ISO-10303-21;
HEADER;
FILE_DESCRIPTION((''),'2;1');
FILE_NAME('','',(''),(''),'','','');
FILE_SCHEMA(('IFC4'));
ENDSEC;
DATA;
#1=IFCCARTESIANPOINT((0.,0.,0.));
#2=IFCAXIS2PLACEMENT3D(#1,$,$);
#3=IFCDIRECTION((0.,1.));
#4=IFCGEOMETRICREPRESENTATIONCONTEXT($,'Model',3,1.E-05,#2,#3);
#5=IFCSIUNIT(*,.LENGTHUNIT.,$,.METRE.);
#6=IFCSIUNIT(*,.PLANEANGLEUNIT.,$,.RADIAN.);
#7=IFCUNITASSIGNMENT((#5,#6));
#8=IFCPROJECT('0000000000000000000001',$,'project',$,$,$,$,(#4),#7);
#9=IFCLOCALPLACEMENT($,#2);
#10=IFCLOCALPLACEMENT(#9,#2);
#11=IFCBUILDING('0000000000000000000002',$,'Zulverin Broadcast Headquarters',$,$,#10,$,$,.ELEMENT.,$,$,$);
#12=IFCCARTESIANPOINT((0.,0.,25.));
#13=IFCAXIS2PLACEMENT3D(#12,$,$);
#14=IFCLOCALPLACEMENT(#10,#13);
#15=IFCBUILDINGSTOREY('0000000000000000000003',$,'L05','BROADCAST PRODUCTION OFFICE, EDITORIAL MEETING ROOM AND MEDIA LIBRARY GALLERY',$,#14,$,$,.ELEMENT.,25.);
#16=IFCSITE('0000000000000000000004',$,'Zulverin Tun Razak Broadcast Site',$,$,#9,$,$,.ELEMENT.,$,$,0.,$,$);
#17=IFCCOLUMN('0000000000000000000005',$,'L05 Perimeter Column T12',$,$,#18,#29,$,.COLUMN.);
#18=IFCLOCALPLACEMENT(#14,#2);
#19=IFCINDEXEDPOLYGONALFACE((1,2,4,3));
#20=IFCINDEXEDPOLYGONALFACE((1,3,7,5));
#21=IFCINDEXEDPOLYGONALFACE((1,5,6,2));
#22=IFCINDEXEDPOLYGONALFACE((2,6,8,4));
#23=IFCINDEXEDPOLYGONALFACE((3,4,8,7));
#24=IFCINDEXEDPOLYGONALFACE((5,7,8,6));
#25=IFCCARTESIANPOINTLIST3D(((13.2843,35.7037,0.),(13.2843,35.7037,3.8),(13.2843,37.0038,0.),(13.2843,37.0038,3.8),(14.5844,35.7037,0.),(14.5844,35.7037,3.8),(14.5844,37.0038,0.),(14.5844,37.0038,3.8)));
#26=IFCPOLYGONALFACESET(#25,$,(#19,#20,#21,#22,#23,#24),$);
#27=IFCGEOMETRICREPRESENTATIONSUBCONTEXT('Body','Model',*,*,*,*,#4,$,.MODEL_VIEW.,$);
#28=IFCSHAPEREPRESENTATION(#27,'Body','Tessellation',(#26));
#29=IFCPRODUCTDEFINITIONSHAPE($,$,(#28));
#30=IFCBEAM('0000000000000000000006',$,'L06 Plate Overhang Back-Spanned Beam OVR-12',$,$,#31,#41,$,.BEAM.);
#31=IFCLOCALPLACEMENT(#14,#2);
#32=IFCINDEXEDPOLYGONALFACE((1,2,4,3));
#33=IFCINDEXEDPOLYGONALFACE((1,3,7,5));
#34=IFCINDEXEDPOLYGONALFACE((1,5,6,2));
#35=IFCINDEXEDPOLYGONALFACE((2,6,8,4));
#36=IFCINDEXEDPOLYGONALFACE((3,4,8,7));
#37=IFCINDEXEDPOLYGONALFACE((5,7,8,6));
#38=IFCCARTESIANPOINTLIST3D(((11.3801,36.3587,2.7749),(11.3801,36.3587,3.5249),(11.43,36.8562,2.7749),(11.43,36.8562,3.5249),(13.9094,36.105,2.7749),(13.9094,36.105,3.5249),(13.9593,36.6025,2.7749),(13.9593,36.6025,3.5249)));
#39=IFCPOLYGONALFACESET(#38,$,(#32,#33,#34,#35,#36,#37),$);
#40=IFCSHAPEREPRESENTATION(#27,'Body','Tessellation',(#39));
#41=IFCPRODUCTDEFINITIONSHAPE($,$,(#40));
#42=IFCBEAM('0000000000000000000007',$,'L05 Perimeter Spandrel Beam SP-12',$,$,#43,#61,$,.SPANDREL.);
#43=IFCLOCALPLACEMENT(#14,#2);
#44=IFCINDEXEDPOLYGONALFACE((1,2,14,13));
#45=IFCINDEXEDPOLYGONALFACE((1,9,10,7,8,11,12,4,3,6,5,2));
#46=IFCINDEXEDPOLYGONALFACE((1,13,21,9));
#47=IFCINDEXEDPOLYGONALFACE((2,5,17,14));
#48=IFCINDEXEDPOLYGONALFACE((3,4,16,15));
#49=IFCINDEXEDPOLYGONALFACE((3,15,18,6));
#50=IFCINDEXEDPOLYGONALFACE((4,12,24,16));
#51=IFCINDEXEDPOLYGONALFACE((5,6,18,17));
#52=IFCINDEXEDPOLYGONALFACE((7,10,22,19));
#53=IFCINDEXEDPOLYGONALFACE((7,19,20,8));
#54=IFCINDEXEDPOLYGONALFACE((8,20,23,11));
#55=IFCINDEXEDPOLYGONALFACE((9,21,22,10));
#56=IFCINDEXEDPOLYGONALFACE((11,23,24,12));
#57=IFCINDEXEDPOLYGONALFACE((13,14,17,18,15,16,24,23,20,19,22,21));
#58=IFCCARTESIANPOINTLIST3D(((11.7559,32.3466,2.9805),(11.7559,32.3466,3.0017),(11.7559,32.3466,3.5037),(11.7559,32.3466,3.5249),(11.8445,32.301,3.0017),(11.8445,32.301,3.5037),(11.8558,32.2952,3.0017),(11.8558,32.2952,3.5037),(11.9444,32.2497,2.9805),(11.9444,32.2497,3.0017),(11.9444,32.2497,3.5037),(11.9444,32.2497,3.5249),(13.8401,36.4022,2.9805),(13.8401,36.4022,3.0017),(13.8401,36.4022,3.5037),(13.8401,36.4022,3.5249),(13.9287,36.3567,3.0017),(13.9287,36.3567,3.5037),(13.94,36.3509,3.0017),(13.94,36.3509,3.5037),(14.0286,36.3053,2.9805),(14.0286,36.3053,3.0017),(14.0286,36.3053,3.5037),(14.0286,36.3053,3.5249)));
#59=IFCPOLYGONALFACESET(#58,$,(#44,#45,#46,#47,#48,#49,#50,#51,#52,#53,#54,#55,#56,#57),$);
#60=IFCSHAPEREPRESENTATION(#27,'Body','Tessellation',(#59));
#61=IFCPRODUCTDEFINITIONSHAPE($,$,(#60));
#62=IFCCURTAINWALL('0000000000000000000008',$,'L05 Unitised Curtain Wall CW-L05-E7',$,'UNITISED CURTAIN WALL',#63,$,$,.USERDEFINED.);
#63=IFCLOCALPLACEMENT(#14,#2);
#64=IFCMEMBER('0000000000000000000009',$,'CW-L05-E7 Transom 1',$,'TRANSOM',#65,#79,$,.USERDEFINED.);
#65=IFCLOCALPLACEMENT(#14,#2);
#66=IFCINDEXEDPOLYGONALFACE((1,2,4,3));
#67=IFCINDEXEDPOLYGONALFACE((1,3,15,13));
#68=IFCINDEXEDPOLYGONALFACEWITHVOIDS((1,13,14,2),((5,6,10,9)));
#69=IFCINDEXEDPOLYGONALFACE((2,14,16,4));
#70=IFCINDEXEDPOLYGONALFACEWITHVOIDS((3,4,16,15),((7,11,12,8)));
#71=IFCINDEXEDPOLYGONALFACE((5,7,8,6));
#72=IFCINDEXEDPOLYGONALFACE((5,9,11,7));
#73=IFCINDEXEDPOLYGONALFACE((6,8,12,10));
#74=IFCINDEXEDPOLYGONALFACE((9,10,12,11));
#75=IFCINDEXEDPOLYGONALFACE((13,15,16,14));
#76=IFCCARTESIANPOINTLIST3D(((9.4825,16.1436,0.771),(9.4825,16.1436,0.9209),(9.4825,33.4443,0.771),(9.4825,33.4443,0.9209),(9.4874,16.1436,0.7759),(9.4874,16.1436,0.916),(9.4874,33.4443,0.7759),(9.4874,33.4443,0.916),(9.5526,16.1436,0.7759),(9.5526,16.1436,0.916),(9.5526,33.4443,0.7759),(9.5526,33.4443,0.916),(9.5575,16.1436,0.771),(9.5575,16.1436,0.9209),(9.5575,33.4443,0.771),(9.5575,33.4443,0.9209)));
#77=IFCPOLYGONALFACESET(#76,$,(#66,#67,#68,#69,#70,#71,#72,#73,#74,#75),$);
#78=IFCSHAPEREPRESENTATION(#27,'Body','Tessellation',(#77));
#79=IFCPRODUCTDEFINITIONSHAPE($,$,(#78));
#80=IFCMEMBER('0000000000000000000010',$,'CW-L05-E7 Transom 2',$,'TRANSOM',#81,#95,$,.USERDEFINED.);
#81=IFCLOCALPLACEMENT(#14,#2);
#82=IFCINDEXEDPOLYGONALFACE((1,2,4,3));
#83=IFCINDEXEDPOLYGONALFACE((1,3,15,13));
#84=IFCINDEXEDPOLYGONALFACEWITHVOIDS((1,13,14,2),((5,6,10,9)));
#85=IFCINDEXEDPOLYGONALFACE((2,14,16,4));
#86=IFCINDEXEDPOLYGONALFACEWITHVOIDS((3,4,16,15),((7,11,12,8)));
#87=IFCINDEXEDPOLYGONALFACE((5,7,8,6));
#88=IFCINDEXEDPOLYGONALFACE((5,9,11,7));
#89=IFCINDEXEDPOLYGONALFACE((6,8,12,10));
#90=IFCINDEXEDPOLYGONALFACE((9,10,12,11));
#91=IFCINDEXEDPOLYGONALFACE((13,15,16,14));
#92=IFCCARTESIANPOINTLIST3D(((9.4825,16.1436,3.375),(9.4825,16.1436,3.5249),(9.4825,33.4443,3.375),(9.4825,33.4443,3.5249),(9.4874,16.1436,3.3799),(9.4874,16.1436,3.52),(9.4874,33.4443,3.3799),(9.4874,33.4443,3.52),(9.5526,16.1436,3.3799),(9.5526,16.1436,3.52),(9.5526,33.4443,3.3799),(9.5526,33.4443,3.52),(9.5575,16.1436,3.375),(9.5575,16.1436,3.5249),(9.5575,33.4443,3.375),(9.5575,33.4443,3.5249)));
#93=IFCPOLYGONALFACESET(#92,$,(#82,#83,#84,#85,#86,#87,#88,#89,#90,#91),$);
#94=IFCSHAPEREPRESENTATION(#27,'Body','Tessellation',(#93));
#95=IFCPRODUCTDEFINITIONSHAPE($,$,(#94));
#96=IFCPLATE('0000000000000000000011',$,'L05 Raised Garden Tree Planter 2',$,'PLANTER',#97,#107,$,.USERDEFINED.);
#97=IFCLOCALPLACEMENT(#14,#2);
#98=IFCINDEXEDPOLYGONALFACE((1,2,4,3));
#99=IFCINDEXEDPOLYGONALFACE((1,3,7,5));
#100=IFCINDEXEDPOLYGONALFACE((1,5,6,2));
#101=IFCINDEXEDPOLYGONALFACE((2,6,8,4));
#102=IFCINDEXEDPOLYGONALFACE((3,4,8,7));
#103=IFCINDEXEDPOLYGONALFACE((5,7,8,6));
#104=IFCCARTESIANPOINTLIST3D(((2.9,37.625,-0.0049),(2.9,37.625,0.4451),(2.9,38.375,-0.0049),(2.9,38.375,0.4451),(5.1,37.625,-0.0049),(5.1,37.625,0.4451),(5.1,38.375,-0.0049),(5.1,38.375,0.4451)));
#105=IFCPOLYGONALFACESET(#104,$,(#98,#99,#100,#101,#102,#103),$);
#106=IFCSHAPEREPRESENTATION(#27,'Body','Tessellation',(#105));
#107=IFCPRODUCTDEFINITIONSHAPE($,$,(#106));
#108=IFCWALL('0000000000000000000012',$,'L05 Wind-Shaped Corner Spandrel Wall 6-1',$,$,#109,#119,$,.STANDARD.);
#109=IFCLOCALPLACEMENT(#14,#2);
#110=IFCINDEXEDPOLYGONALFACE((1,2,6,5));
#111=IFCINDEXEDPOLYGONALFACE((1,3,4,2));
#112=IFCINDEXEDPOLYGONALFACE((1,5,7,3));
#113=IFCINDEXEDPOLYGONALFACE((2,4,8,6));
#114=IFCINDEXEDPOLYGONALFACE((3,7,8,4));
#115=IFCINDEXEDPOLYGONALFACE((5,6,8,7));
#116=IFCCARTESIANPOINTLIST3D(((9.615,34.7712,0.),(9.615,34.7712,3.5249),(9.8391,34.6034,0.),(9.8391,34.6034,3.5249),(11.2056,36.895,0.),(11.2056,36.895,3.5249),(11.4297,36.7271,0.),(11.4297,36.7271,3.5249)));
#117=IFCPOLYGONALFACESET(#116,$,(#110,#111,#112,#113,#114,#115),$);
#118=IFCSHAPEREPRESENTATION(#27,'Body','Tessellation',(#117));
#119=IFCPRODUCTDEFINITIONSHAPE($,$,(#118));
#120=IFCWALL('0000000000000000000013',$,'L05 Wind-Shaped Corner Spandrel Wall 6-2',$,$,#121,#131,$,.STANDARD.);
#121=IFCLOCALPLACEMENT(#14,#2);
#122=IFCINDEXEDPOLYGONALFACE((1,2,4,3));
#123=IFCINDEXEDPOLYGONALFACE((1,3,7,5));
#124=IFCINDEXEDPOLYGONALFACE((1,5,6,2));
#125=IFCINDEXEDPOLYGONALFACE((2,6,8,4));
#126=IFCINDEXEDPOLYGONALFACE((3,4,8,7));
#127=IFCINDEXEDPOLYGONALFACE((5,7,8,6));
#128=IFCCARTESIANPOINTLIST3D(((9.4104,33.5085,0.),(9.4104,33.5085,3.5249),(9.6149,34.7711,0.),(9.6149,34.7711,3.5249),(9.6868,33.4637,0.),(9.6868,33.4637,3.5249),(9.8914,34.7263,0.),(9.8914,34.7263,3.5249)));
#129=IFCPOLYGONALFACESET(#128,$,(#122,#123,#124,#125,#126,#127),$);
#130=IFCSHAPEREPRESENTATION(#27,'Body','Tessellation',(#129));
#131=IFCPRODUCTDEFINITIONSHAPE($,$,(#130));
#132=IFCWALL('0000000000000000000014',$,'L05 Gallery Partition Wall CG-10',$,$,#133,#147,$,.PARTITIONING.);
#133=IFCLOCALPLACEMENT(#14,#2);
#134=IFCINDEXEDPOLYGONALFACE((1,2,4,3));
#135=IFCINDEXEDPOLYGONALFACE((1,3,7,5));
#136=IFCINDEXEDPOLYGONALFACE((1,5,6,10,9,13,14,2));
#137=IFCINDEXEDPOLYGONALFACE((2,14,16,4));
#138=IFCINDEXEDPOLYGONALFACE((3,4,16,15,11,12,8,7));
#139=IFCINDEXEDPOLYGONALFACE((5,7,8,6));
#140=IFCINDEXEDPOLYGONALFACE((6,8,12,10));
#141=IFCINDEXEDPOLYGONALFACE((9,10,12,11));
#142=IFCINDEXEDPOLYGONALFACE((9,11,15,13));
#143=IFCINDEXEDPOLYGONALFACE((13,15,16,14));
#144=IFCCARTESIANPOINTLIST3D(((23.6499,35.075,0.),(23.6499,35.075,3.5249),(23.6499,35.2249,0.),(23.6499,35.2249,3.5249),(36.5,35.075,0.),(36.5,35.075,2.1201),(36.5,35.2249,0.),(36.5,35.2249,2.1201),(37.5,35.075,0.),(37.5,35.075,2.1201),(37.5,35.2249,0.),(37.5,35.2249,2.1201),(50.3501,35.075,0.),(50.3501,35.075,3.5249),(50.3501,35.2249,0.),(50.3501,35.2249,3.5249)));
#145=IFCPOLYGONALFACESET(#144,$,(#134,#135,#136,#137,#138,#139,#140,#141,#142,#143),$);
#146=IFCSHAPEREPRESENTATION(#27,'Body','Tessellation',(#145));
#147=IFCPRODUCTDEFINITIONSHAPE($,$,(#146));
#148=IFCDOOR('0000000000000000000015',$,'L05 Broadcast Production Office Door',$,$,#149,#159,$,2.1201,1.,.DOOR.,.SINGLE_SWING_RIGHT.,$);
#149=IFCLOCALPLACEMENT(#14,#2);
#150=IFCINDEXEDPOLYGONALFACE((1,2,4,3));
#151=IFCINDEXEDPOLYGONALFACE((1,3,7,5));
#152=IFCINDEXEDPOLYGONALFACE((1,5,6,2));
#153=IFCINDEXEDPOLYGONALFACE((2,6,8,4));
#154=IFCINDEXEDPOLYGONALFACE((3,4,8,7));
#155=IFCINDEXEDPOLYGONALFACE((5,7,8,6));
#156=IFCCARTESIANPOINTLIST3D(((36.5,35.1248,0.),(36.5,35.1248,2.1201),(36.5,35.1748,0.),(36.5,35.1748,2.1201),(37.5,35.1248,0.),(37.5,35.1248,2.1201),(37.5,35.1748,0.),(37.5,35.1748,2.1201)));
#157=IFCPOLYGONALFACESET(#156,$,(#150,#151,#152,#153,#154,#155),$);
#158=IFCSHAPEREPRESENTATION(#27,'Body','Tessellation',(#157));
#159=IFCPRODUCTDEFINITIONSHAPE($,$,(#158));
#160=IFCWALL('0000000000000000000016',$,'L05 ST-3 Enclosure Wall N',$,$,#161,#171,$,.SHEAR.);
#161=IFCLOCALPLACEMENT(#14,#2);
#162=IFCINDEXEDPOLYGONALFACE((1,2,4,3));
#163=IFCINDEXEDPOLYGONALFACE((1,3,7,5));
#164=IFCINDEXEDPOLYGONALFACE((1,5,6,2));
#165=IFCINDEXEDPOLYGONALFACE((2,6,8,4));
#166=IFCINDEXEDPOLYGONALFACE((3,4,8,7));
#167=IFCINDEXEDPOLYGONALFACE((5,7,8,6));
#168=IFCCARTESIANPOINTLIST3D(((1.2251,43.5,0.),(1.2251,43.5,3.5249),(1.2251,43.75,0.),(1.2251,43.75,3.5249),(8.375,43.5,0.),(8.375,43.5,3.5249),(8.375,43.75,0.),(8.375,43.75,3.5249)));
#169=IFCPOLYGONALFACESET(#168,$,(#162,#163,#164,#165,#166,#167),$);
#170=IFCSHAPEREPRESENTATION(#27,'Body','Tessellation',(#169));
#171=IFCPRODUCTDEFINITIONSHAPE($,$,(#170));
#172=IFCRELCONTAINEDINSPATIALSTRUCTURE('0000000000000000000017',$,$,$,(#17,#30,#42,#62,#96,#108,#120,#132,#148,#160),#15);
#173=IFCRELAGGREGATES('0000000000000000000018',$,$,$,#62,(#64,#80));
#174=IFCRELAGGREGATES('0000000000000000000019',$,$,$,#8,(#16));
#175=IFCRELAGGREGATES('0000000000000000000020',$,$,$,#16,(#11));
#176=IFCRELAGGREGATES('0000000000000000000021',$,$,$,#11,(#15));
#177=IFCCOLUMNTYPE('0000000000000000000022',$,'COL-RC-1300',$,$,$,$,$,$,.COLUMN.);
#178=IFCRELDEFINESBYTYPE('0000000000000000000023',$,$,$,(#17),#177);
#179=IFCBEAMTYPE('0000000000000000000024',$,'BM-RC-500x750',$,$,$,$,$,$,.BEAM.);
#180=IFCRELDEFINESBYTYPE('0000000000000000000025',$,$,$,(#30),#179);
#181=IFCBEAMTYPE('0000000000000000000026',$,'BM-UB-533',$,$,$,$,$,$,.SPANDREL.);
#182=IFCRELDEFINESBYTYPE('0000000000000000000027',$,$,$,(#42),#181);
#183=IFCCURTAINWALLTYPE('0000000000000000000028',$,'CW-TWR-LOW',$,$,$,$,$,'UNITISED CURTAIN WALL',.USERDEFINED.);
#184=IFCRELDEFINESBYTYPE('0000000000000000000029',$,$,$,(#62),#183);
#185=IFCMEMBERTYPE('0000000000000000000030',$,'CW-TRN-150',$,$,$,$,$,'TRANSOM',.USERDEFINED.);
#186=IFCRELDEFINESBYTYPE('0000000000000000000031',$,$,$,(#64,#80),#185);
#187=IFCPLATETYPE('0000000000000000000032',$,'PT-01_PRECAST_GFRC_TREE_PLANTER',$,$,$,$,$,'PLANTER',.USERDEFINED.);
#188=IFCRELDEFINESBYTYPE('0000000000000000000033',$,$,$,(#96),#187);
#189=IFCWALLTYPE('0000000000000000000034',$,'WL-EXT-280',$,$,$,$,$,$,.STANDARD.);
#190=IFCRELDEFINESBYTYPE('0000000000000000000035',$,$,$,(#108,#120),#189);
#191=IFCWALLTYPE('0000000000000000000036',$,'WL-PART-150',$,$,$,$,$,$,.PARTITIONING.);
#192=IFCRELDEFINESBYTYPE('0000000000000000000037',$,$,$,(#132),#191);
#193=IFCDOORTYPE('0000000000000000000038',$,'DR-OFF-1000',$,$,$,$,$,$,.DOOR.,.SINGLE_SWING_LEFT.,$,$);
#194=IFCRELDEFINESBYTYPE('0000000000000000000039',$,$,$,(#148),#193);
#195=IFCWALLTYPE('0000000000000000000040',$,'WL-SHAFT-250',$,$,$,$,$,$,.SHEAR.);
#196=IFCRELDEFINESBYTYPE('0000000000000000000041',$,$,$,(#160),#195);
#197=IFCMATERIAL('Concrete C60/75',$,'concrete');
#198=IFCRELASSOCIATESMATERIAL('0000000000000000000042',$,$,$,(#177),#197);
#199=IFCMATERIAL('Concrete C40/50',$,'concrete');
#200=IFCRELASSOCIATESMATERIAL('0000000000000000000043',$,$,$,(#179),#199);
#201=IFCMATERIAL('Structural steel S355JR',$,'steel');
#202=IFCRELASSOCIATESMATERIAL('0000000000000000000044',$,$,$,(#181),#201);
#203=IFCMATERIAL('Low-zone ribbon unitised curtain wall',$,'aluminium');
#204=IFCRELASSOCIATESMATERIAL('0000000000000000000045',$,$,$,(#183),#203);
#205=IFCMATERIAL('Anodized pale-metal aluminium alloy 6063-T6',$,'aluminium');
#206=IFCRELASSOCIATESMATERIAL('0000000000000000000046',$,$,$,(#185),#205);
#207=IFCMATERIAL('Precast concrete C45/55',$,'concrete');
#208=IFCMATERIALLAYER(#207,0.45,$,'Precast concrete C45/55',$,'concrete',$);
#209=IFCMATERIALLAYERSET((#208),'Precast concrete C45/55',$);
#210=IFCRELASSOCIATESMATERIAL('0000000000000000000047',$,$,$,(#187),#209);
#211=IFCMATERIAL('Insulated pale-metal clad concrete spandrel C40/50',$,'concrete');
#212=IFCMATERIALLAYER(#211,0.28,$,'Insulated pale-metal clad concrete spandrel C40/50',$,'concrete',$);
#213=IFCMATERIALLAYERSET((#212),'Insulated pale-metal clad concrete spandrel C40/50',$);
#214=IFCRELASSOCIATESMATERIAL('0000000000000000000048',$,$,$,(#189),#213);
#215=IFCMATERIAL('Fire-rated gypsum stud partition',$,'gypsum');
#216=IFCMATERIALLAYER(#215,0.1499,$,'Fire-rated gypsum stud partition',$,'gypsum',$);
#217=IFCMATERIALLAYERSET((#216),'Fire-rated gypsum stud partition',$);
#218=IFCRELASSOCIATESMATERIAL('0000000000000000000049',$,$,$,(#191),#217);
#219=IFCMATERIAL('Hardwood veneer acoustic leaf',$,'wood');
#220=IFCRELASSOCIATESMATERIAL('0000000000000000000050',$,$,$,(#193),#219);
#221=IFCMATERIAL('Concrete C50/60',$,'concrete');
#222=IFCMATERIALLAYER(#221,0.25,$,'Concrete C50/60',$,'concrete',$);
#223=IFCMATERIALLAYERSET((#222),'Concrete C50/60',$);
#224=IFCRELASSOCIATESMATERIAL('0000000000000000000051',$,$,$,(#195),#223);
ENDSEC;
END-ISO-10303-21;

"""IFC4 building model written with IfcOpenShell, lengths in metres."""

from ifc_helpers import new_model, si_unit, direction, frame, frame_2d, origin, origin_2d, place, context, subcontext, project, spatial, rectangle, hollow_rectangle, i_section, extrude, material, layer, layer_set, material_profile, profile_set, type_object, element, fill, aggregate, save


model = new_model("IFC4")

# Units and contexts
model_context = context("Model", 3, precision=1e-05, world=origin(), true_north=direction((0.0, 1.0)))
body_context = subcontext(model_context, "Body", "Model", "MODEL_VIEW")
ifc_project = project(units=[si_unit("LENGTHUNIT", "METRE"), si_unit("PLANEANGLEUNIT", "RADIAN")], contexts=[model_context])

# Site, building, storey
site_placement = place(None, origin())
site = spatial("IfcSite", under=ifc_project, at=site_placement, Name="Zulverin Tun Razak Broadcast Site", CompositionType="ELEMENT", RefElevation=0.0)
building_placement = place(site_placement, origin())
building = spatial("IfcBuilding", under=site, at=building_placement, Name="Zulverin Broadcast Headquarters", CompositionType="ELEMENT")
storey_placement = place(building_placement, frame((0.0, 0.0, 25.0)))
storey = spatial("IfcBuildingStorey", under=building, at=storey_placement, Name="L05", Description="BROADCAST PRODUCTION OFFICE, EDITORIAL MEETING ROOM AND MEDIA LIBRARY GALLERY", CompositionType="ELEMENT", Elevation=25.0)

# Column
ifc_material_1 = material(Name="Concrete C60/75", Category="concrete")
ifc_material_profile_1 = material_profile(ifc_material_1, rectangle(XDim=1.3, YDim=1.3, at=origin_2d()), Name="Concrete C60/75", Category="concrete")
ifc_profile_set_1 = profile_set([ifc_material_profile_1], Name="Concrete C60/75")
column_type = type_object("IfcColumnType", Name="COL-RC-1300", PredefinedType="COLUMN", material=ifc_profile_set_1)
column_placement = place(storey_placement, frame((13.9343, 36.3538, 0.0), z_axis=(0.0, 0.0, 1.0), x_axis=(1.0, 0.0, 0.0)))
element("IfcColumn", 1, at=column_placement, inside=storey, type_object=column_type, Name="L05 Perimeter Column T12", PredefinedType="COLUMN", context=body_context, shape_type="SweptSolid", body=[
    extrude(rectangle(XDim=1.3, YDim=1.3, at=origin_2d()), origin(), (0.0, 0.0, 1.0), 3.8),
])

# Beams
ifc_material_2 = material(Name="Concrete C40/50", Category="concrete")
ifc_material_profile_2 = material_profile(ifc_material_2, rectangle(XDim=0.5, YDim=0.75, at=origin_2d()), Name="Concrete C40/50", Category="concrete")
ifc_profile_set_2 = profile_set([ifc_material_profile_2], Name="Concrete C40/50")
beam_type_1 = type_object("IfcBeamType", Name="BM-RC-500x750", PredefinedType="BEAM", material=ifc_profile_set_2)
beam_1_placement = place(storey_placement, frame((13.9343, 36.3538, 3.1499), z_axis=(-0.995009, 0.099789, 0.0), x_axis=(-0.099789, -0.995009, 0.0)))
element("IfcBeam", 2, at=beam_1_placement, inside=storey, type_object=beam_type_1, Name="L06 Plate Overhang Back-Spanned Beam OVR-12", PredefinedType="BEAM", context=body_context, shape_type="SweptSolid", body=[
    extrude(rectangle(XDim=0.5, YDim=0.75, at=origin_2d()), origin(), (0.0, 0.0, 1.0), 2.542),
])
ifc_material_3 = material(Name="Structural steel S355JR", Category="steel")
ifc_material_profile_3 = material_profile(ifc_material_3, i_section(OverallWidth=0.2119, OverallDepth=0.5444, WebThickness=0.0127, FlangeThickness=0.0212, at=origin_2d()), Name="Structural steel S355JR", Category="steel")
ifc_profile_set_3 = profile_set([ifc_material_profile_3], Name="Structural steel S355JR")
beam_type_2 = type_object("IfcBeamType", Name="BM-UB-533", PredefinedType="SPANDREL", material=ifc_profile_set_3)
beam_2_placement = place(storey_placement, frame((13.9343, 36.3538, 3.2527), z_axis=(-0.457081, -0.889425, 0.0), x_axis=(0.889425, -0.457081, 0.0)))
element("IfcBeam", 3, at=beam_2_placement, inside=storey, type_object=beam_type_2, Name="L05 Perimeter Spandrel Beam SP-12", PredefinedType="SPANDREL", context=body_context, shape_type="SweptSolid", body=[
    extrude(i_section(OverallWidth=0.2119, OverallDepth=0.5444, WebThickness=0.0127, FlangeThickness=0.0212, at=origin_2d()), origin(), (0.0, 0.0, 1.0), 4.5598),
])

# Curtain wall, members
ifc_material_4 = material(Name="Low-zone ribbon unitised curtain wall", Category="aluminium")
curtain_wall_type = type_object("IfcCurtainWallType", Name="CW-TWR-LOW", ElementType="UNITISED CURTAIN WALL", PredefinedType="USERDEFINED", material=ifc_material_4)
curtain_wall_placement = place(storey_placement, origin())
curtain_wall = element("IfcCurtainWall", 4, at=curtain_wall_placement, inside=storey, type_object=curtain_wall_type, Name="L05 Unitised Curtain Wall CW-L05-E7", ObjectType="UNITISED CURTAIN WALL", PredefinedType="USERDEFINED")
ifc_material_5 = material(Name="Anodized pale-metal aluminium alloy 6063-T6", Category="aluminium")
ifc_material_profile_4 = material_profile(ifc_material_5, hollow_rectangle(XDim=0.075, YDim=0.1499, WallThickness=0.0049, at=origin_2d()), Name="Anodized pale-metal aluminium alloy 6063-T6", Category="aluminium")
ifc_profile_set_4 = profile_set([ifc_material_profile_4], Name="Anodized pale-metal aluminium alloy 6063-T6")
member_type = type_object("IfcMemberType", Name="CW-TRN-150", ElementType="TRANSOM", PredefinedType="USERDEFINED", material=ifc_profile_set_4)
member_1_placement = place(storey_placement, frame((9.52, 33.4443, 0.8459), z_axis=(0.0, -1.0, 0.0), x_axis=(1.0, 0.0, 0.0)))
member_1 = element("IfcMember", 5, at=member_1_placement, type_object=member_type, Name="CW-L05-E7 Transom 1", ObjectType="TRANSOM", PredefinedType="USERDEFINED", context=body_context, shape_type="SweptSolid", body=[
    extrude(hollow_rectangle(XDim=0.075, YDim=0.1499, WallThickness=0.0049, at=origin_2d()), origin(), (0.0, 0.0, 1.0), 17.3008),
])
member_2_placement = place(storey_placement, frame((9.52, 33.4443, 3.45), z_axis=(0.0, -1.0, 0.0), x_axis=(1.0, 0.0, 0.0)))
member_2 = element("IfcMember", 6, at=member_2_placement, type_object=member_type, Name="CW-L05-E7 Transom 2", ObjectType="TRANSOM", PredefinedType="USERDEFINED", context=body_context, shape_type="SweptSolid", body=[
    extrude(hollow_rectangle(XDim=0.075, YDim=0.1499, WallThickness=0.0049, at=origin_2d()), origin(), (0.0, 0.0, 1.0), 17.3008),
])
aggregate(curtain_wall, [member_1, member_2])

# Plate
ifc_material_6 = material(Name="Precast concrete C45/55", Category="concrete")
ifc_layer_1 = layer(ifc_material_6, 0.45, Name="Precast concrete C45/55", Category="concrete")
ifc_layer_set_1 = layer_set([ifc_layer_1], Name="Precast concrete C45/55")
plate_type = type_object("IfcPlateType", Name="PT-01_PRECAST_GFRC_TREE_PLANTER", ElementType="PLANTER", PredefinedType="USERDEFINED", material=ifc_layer_set_1)
plate_placement = place(storey_placement, frame((4.0, 38.0, -0.0049), z_axis=(0.0, 0.0, 1.0), x_axis=(1.0, 0.0, 0.0)))
element("IfcPlate", 7, at=plate_placement, inside=storey, type_object=plate_type, Name="L05 Raised Garden Tree Planter 2", ObjectType="PLANTER", PredefinedType="USERDEFINED", context=body_context, shape_type="SweptSolid", body=[
    extrude(rectangle(XDim=2.2, YDim=0.75, at=origin_2d()), origin(), (0.0, 0.0, 1.0), 0.45),
])

# Walls
ifc_material_7 = material(Name="Insulated pale-metal clad concrete spandrel C40/50", Category="concrete")
ifc_layer_2 = layer(ifc_material_7, 0.28, Name="Insulated pale-metal clad concrete spandrel C40/50", Category="concrete")
ifc_layer_set_2 = layer_set([ifc_layer_2], Name="Insulated pale-metal clad concrete spandrel C40/50")
wall_type_1 = type_object("IfcWallType", Name="WL-EXT-280", PredefinedType="STANDARD", material=ifc_layer_set_2)
wall_1_placement = place(storey_placement, frame((11.3176, 36.811, 0.0), z_axis=(0.0, 0.0, 1.0), x_axis=(-0.599455, -0.800408, 0.0)))
element("IfcWall", 8, at=wall_1_placement, inside=storey, type_object=wall_type_1, Name="L05 Wind-Shaped Corner Spandrel Wall 6-1", PredefinedType="STANDARD", context=body_context, shape_type="SweptSolid", body=[
    extrude(rectangle(XDim=2.6533, YDim=0.28, at=frame_2d((1.3267, 0.0))), origin(), (0.0, 0.0, 1.0), 3.5249),
])
wall_2_placement = place(storey_placement, frame((9.7532, 34.7488, 0.0), z_axis=(0.0, 0.0, 1.0), x_axis=(-0.15994, -0.987127, 0.0)))
element("IfcWall", 9, at=wall_2_placement, inside=storey, type_object=wall_type_1, Name="L05 Wind-Shaped Corner Spandrel Wall 6-2", PredefinedType="STANDARD", context=body_context, shape_type="SweptSolid", body=[
    extrude(rectangle(XDim=1.2791, YDim=0.28, at=frame_2d((0.6396, 0.0))), origin(), (0.0, 0.0, 1.0), 3.5249),
])

# Wall, opening, door
ifc_material_8 = material(Name="Fire-rated gypsum stud partition", Category="gypsum")
ifc_layer_3 = layer(ifc_material_8, 0.1499, Name="Fire-rated gypsum stud partition", Category="gypsum")
ifc_layer_set_3 = layer_set([ifc_layer_3], Name="Fire-rated gypsum stud partition")
wall_type_2 = type_object("IfcWallType", Name="WL-PART-150", PredefinedType="PARTITIONING", material=ifc_layer_set_3)
wall_3_placement = place(storey_placement, frame((23.6499, 35.1499, 0.0), z_axis=(0.0, 0.0, 1.0), x_axis=(1.0, 0.0, 0.0)))
wall_3 = element("IfcWall", 10, at=wall_3_placement, inside=storey, type_object=wall_type_2, Name="L05 Gallery Partition Wall CG-10", PredefinedType="PARTITIONING", context=body_context, shape_type="SweptSolid", body=[
    extrude(rectangle(XDim=26.7002, YDim=0.1499, at=frame_2d((13.3501, 0.0))), origin(), (0.0, 0.0, 1.0), 3.5249),
])
opening_1_placement = place(wall_3_placement, frame((12.8501, 0.0, 0.0)))
opening_1 = element("IfcOpeningElement", 11, at=opening_1_placement, cuts=wall_3, PredefinedType="OPENING", context=body_context, shape_type="SweptSolid", body=[
    extrude(rectangle(XDim=1.0, YDim=2.1201, at=frame_2d((0.5, 1.0601))), frame((0.0, 0.085, 0.0), z_axis=(0.0, -1.0, 0.0), x_axis=(1.0, 0.0, 0.0)), (0.0, 0.0, 1.0), 0.1699),
])
ifc_material_9 = material(Name="Hardwood veneer acoustic leaf", Category="wood")
door_type_1 = type_object("IfcDoorType", Name="DR-OFF-1000", OperationType="SINGLE_SWING_LEFT", PredefinedType="DOOR", material=ifc_material_9)
door_1_placement = place(opening_1_placement, origin())
door_1 = element("IfcDoor", 12, at=door_1_placement, inside=storey, type_object=door_type_1, Name="L05 Broadcast Production Office Door", OperationType="SINGLE_SWING_RIGHT", OverallHeight=2.1201, OverallWidth=1.0, PredefinedType="DOOR", context=body_context, shape_type="SweptSolid", body=[
    extrude(rectangle(XDim=1.0, YDim=2.1201, at=frame_2d((0.5, 1.0601))), frame((0.0, 0.0249, 0.0), z_axis=(0.0, -1.0, 0.0), x_axis=(1.0, 0.0, 0.0)), (0.0, 0.0, 1.0), 0.05),
])
fill(opening_1, door_1)
ifc_material_10 = material(Name="Concrete C50/60", Category="concrete")
ifc_layer_4 = layer(ifc_material_10, 0.25, Name="Concrete C50/60", Category="concrete")
ifc_layer_set_4 = layer_set([ifc_layer_4], Name="Concrete C50/60")
wall_type_3 = type_object("IfcWallType", Name="WL-SHAFT-250", PredefinedType="SHEAR", material=ifc_layer_set_4)

# Wall
wall_4_placement = place(storey_placement, frame((1.2251, 43.625, 0.0), z_axis=(0.0, 0.0, 1.0), x_axis=(1.0, 0.0, 0.0)))
element("IfcWall", 13, at=wall_4_placement, inside=storey, type_object=wall_type_3, Name="L05 ST-3 Enclosure Wall N", PredefinedType="SHEAR", context=body_context, shape_type="SweptSolid", body=[
    extrude(rectangle(XDim=7.1499, YDim=0.25, at=frame_2d((3.575, 0.0))), origin(), (0.0, 0.0, 1.0), 3.5249),
])

save(model, "model.ifc")
